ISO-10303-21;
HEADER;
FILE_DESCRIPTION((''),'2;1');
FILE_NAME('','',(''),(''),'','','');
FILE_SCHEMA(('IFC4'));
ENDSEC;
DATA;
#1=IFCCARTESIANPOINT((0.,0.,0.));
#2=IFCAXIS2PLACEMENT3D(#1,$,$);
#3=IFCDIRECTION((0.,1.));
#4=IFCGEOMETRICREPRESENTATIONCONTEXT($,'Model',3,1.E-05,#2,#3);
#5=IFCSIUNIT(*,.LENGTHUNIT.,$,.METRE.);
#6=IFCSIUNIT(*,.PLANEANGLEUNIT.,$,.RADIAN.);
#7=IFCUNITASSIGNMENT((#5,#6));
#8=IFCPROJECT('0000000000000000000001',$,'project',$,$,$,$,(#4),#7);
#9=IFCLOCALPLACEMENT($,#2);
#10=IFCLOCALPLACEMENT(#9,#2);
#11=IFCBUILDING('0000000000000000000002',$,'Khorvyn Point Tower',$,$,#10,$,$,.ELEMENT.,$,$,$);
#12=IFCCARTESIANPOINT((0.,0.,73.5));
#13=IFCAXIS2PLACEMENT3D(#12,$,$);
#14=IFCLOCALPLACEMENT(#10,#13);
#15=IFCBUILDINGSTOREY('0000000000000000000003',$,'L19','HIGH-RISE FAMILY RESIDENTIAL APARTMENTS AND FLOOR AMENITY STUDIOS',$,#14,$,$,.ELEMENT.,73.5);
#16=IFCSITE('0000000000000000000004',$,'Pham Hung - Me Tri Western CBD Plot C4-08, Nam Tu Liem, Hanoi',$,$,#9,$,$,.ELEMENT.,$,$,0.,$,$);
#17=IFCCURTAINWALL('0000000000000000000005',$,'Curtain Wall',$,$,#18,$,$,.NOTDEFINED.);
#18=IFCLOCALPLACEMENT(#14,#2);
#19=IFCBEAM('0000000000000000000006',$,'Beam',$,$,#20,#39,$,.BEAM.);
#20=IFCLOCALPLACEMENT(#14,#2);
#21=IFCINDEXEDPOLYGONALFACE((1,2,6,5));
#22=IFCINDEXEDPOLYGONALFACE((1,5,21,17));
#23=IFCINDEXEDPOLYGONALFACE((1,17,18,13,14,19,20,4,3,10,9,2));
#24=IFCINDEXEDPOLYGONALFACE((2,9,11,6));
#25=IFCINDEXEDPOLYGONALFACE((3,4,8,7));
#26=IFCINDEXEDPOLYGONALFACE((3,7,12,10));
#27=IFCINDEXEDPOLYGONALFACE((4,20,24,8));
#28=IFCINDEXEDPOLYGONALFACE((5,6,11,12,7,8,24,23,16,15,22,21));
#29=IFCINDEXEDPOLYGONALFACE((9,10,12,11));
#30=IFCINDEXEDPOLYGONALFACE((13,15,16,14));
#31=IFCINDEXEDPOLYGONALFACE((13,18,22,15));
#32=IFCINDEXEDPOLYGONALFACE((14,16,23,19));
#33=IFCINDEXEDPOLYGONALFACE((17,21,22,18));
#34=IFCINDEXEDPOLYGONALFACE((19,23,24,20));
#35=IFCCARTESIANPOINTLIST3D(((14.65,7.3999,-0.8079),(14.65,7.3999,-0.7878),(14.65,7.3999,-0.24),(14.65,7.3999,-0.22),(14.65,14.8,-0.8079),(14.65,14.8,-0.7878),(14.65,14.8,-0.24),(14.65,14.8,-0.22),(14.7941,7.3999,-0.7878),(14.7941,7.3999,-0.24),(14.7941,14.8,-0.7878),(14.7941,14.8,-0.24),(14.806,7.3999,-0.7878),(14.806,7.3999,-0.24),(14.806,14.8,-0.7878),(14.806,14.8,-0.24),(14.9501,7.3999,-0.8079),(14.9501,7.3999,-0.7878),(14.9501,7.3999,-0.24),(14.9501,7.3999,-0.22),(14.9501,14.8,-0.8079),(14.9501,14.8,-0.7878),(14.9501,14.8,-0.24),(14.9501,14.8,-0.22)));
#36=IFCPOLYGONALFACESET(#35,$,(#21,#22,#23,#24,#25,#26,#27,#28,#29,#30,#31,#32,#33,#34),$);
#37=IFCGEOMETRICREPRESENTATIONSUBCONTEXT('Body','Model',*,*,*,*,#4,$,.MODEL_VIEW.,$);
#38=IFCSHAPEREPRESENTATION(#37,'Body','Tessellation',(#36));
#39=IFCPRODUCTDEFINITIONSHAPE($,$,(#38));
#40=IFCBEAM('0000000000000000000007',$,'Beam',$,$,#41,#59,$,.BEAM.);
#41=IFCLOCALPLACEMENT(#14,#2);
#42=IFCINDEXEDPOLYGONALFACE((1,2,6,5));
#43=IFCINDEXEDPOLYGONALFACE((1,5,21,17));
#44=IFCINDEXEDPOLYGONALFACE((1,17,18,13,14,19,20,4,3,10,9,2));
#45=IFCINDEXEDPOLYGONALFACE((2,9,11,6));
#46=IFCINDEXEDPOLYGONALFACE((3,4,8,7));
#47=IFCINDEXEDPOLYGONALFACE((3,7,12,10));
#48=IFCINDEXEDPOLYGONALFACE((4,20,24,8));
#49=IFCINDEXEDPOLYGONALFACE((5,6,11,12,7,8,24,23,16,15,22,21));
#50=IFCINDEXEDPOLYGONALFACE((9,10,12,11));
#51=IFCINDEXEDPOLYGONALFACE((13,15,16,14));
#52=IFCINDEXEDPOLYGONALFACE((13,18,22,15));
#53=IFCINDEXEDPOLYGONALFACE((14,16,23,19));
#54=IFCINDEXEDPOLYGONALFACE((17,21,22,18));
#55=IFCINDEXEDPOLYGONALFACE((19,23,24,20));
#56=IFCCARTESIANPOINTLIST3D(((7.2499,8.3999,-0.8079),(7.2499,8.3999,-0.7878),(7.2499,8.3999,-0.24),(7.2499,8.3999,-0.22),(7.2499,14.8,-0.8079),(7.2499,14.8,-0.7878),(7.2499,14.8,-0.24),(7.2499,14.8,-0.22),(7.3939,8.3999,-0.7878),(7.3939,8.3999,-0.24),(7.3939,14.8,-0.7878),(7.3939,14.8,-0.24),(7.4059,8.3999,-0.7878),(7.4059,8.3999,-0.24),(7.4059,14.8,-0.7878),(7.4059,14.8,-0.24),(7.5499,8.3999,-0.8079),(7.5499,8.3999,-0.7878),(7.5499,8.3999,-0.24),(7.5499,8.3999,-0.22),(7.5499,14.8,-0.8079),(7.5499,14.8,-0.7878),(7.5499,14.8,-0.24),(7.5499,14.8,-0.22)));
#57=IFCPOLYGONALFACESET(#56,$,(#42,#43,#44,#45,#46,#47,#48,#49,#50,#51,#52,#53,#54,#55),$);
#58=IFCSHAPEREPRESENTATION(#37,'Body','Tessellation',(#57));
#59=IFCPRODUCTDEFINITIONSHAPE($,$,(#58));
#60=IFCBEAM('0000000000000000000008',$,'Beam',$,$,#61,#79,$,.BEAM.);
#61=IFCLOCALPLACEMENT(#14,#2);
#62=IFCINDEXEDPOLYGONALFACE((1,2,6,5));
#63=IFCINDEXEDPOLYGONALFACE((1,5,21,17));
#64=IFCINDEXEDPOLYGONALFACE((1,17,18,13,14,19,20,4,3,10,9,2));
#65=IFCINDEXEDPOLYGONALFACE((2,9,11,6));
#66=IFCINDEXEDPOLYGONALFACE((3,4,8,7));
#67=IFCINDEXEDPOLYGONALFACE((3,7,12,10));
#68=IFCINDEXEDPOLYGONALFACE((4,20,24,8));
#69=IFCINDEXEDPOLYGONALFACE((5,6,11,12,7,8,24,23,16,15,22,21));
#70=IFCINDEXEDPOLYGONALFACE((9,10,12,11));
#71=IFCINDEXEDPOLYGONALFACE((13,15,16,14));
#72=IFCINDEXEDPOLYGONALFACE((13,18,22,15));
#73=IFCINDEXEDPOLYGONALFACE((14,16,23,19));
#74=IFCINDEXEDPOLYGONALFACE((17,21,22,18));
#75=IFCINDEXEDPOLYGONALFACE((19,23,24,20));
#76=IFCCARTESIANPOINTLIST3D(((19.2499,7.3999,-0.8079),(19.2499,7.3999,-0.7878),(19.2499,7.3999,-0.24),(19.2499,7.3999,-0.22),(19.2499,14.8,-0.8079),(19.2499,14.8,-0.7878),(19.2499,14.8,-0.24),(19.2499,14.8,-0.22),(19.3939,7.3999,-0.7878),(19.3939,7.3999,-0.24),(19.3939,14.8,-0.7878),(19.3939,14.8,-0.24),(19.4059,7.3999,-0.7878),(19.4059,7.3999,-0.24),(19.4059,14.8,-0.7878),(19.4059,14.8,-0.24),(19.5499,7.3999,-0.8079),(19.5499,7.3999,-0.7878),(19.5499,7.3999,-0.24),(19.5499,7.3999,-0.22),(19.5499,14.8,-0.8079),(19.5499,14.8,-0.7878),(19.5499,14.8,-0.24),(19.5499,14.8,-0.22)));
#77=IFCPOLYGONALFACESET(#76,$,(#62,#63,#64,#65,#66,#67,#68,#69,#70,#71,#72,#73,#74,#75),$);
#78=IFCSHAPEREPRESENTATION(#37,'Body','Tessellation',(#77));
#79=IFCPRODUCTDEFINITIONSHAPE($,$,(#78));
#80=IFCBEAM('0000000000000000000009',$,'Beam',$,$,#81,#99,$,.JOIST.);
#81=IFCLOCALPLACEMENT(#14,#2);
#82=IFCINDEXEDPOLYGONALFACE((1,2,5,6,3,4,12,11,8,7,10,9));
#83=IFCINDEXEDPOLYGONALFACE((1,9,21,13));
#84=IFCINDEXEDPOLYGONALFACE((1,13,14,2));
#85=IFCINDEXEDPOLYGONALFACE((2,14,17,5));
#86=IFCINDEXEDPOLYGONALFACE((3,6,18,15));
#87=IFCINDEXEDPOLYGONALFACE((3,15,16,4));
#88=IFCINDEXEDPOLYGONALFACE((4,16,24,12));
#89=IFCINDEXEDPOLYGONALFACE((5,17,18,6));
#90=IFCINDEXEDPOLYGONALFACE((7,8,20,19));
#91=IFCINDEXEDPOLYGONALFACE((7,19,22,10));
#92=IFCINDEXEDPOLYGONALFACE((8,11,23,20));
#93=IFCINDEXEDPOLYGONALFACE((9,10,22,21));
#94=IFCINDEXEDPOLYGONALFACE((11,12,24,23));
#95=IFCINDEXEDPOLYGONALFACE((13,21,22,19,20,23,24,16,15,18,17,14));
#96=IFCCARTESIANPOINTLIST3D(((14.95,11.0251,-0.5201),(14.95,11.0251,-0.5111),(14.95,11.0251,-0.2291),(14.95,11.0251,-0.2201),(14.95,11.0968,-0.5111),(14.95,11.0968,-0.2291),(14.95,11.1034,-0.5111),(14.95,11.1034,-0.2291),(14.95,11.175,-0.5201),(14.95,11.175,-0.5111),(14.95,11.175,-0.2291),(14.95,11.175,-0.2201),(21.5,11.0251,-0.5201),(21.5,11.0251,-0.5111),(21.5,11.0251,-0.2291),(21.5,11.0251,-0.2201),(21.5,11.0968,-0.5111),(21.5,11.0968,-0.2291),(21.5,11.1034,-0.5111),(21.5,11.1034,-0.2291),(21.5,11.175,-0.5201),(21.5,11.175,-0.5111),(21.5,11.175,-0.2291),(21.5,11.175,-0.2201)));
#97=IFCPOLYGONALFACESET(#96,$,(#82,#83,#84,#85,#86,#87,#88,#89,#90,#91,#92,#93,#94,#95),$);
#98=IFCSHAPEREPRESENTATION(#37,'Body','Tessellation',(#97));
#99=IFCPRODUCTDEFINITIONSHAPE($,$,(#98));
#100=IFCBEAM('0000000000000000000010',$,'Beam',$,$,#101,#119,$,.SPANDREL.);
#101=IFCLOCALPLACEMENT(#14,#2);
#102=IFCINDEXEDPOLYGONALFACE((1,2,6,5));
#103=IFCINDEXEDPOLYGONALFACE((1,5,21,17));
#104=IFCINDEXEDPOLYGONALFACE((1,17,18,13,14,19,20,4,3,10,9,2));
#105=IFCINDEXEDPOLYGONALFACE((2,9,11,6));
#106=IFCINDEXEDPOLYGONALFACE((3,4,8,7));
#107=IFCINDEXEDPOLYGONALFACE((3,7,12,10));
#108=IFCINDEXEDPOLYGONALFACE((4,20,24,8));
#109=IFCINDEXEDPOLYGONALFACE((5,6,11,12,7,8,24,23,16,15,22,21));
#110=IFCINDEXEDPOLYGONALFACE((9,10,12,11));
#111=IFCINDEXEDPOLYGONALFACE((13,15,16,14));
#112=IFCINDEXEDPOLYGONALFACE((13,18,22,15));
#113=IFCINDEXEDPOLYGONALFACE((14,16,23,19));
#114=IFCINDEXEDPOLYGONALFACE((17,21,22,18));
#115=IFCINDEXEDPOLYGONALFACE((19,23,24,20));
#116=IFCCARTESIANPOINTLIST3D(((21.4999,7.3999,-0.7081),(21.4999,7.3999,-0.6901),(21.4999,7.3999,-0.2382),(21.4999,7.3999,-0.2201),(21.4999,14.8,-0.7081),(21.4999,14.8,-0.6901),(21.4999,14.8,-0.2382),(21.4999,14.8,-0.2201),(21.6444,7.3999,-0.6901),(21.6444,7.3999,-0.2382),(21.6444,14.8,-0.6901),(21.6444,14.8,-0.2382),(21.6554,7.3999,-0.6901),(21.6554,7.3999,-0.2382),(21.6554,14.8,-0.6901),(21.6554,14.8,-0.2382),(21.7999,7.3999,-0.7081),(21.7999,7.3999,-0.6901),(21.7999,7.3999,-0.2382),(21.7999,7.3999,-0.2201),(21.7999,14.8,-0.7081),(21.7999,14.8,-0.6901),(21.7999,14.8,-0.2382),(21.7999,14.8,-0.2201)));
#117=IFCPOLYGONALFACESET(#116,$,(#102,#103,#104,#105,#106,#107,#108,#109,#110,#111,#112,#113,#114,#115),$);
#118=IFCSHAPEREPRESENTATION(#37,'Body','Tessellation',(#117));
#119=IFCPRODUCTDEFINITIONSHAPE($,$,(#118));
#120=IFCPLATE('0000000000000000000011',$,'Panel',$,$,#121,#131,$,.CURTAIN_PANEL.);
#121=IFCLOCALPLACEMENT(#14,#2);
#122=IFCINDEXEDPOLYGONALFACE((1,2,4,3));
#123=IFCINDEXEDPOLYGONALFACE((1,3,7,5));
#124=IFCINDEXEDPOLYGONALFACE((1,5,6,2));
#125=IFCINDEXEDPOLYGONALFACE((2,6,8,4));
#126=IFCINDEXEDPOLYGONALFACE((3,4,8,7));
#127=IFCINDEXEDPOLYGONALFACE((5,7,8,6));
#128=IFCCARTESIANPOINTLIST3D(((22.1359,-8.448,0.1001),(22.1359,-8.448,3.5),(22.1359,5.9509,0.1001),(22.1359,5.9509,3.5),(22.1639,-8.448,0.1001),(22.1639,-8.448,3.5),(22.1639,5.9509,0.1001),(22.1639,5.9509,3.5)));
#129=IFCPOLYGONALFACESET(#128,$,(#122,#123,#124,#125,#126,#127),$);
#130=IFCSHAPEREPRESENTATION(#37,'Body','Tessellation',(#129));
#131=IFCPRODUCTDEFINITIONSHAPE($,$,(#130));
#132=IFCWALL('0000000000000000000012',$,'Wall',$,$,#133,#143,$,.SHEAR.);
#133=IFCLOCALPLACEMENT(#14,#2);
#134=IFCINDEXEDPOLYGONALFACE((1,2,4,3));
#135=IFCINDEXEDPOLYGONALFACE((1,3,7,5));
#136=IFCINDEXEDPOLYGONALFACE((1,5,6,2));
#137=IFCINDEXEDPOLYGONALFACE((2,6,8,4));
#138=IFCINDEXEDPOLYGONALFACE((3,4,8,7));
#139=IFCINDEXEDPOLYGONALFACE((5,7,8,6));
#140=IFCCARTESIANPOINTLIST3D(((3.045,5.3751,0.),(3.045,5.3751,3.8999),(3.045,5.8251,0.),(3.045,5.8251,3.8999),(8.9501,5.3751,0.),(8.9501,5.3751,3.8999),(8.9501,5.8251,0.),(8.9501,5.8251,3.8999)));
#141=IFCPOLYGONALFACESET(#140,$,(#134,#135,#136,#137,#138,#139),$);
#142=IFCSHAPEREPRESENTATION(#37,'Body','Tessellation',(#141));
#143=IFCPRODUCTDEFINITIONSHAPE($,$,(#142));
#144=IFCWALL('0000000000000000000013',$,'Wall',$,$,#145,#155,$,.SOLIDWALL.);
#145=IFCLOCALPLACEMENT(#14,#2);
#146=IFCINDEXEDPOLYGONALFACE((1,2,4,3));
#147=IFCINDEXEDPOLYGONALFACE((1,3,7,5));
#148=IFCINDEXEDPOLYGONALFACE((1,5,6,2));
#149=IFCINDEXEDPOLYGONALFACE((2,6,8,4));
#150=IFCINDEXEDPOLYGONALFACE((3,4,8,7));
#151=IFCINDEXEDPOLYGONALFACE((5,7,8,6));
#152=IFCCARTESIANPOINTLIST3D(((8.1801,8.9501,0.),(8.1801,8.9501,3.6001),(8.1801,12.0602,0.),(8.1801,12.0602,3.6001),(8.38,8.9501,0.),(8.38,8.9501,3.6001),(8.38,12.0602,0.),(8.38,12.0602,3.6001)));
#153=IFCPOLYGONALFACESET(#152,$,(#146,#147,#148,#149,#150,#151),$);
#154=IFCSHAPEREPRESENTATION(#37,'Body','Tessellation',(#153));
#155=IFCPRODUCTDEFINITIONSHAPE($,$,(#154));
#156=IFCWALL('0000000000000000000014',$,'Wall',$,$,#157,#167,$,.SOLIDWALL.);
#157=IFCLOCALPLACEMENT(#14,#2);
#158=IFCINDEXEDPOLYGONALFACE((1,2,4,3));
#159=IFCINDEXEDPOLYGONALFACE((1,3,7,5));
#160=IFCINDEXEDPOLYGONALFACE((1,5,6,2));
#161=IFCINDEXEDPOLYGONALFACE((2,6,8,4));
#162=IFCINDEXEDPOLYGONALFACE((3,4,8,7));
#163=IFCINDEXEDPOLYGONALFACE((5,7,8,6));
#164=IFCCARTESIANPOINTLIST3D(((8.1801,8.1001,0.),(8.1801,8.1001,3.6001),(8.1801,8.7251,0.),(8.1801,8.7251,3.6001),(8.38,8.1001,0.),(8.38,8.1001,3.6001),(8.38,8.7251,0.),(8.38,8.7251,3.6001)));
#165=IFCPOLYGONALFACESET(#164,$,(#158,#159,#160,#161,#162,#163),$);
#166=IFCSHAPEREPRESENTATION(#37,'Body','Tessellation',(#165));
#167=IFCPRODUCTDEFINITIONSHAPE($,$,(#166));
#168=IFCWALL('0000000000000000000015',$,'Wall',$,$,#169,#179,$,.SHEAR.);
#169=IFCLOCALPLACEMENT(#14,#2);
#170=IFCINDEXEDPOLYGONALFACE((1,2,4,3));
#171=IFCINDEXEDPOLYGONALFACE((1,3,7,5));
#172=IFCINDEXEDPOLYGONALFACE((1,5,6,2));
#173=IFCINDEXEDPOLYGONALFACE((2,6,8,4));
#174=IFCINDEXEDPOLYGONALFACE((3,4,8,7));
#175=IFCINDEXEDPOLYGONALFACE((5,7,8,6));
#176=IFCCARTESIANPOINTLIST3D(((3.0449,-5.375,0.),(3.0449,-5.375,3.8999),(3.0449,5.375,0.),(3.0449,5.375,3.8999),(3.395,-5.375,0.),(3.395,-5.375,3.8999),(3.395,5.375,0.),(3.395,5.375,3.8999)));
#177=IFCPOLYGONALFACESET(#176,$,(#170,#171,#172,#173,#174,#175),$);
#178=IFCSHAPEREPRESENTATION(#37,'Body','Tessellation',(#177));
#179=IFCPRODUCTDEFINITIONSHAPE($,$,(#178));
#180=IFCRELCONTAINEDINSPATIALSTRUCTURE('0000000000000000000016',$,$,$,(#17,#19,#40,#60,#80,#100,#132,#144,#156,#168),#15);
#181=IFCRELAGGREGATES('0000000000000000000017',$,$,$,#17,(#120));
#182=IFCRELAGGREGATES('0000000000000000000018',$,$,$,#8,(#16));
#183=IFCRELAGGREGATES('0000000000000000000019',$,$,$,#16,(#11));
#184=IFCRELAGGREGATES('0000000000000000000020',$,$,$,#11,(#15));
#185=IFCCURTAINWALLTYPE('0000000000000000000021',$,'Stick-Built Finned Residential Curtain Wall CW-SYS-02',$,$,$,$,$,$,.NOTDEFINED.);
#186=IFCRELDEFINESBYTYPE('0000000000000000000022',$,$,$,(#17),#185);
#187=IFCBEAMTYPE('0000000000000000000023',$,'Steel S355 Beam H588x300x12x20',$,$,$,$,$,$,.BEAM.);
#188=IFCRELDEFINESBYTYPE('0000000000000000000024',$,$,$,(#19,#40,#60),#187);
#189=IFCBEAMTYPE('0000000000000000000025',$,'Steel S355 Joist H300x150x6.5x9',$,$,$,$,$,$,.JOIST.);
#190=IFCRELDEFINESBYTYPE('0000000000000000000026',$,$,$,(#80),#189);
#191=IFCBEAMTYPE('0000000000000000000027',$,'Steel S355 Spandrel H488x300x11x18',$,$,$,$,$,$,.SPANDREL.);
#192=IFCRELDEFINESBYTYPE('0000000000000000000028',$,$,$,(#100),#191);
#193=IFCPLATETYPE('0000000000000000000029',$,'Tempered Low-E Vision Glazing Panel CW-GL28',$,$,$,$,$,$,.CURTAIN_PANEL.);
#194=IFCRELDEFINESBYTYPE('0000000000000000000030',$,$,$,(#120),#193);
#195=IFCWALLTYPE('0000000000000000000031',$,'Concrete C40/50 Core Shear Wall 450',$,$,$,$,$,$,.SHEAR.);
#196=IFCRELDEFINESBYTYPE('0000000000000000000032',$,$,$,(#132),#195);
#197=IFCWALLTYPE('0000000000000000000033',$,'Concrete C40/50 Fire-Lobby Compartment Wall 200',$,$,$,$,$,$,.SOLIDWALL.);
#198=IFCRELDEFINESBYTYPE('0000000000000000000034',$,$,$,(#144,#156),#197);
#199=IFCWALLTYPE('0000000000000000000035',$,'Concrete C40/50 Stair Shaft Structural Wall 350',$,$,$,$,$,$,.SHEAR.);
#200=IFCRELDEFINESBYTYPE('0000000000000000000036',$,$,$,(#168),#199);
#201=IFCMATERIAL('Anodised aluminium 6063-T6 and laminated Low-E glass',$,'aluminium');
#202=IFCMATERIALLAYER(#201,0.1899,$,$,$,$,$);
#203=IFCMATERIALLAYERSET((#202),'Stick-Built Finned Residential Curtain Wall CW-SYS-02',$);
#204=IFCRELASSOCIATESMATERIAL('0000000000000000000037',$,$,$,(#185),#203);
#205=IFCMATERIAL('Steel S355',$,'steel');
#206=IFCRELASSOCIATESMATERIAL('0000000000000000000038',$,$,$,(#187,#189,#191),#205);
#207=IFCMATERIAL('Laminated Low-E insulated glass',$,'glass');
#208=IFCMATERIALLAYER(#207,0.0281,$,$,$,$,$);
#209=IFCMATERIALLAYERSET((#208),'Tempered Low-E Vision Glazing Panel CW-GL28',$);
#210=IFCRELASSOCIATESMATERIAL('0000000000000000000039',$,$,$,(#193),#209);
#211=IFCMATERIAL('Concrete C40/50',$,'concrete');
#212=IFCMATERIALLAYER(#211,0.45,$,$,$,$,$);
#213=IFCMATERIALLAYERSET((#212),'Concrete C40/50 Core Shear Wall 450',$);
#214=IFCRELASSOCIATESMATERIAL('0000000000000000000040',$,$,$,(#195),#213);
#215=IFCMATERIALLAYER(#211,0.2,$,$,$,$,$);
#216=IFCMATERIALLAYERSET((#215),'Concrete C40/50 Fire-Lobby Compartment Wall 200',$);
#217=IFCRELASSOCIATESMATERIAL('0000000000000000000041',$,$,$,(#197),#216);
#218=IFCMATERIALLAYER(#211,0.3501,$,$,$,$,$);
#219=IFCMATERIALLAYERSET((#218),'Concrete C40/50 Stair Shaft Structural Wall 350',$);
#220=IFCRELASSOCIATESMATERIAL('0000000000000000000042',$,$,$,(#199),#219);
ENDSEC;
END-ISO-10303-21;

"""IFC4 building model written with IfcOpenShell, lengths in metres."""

from ifc_helpers import new_model, si_unit, direction, frame, frame_2d, origin, origin_2d, place, context, subcontext, project, spatial, rectangle, i_section, extrude, material, layer, layer_set, material_profile, profile_set, type_object, element, aggregate, save


model = new_model("IFC4")

# Units and contexts
model_context = context("Model", 3, precision=1e-05, world=origin(), true_north=direction((0.0, 1.0)))
body_context = subcontext(model_context, "Body", "Model", "MODEL_VIEW")
ifc_project = project(units=[si_unit("LENGTHUNIT", "METRE"), si_unit("PLANEANGLEUNIT", "RADIAN")], contexts=[model_context])

# Site, building, storey
site_placement = place(None, origin())
site = spatial("IfcSite", under=ifc_project, at=site_placement, Name="Pham Hung - Me Tri Western CBD Plot C4-08, Nam Tu Liem, Hanoi", CompositionType="ELEMENT", RefElevation=0.0)
building_placement = place(site_placement, origin())
building = spatial("IfcBuilding", under=site, at=building_placement, Name="Khorvyn Point Tower", CompositionType="ELEMENT")
storey_placement = place(building_placement, frame((0.0, 0.0, 73.5)))
storey = spatial("IfcBuildingStorey", under=building, at=storey_placement, Name="L19", Description="HIGH-RISE FAMILY RESIDENTIAL APARTMENTS AND FLOOR AMENITY STUDIOS", CompositionType="ELEMENT", Elevation=73.5)

# Curtain wall
ifc_material_1 = material(Name="Anodised aluminium 6063-T6 and laminated Low-E glass", Category="aluminium")
ifc_layer_1 = layer(ifc_material_1, 0.1899)
ifc_layer_set_1 = layer_set([ifc_layer_1], Name="Stick-Built Finned Residential Curtain Wall CW-SYS-02")
curtain_wall_type = type_object("IfcCurtainWallType", Name="Stick-Built Finned Residential Curtain Wall CW-SYS-02", PredefinedType="NOTDEFINED", material=ifc_layer_set_1)
curtain_wall_placement = place(storey_placement, origin())
curtain_wall = element("IfcCurtainWall", 1, at=curtain_wall_placement, inside=storey, type_object=curtain_wall_type, Name="Curtain Wall", PredefinedType="NOTDEFINED")

# Beams
ifc_material_2 = material(Name="Steel S355", Category="steel")
ifc_material_profile_1 = material_profile(ifc_material_2, i_section(OverallWidth=0.3, OverallDepth=0.5879, WebThickness=0.012, FlangeThickness=0.02, at=origin_2d()))
ifc_profile_set_1 = profile_set([ifc_material_profile_1], Name="Steel S355 H588x300x12x20")
beam_type_1 = type_object("IfcBeamType", Name="Steel S355 Beam H588x300x12x20", PredefinedType="BEAM", material=ifc_profile_set_1)
beam_1_placement = place(storey_placement, frame((14.8, 7.3999, -0.5139), z_axis=(0.0, 1.0, 0.0), x_axis=(-1.0, 0.0, 0.0)))
element("IfcBeam", 2, at=beam_1_placement, inside=storey, type_object=beam_type_1, Name="Beam", PredefinedType="BEAM", context=body_context, shape_type="SweptSolid", body=[
    extrude(i_section(OverallWidth=0.3, OverallDepth=0.5879, WebThickness=0.012, FlangeThickness=0.02, at=origin_2d()), origin(), (0.0, 0.0, 1.0), 7.4001),
])
beam_2_placement = place(storey_placement, frame((7.3999, 8.3999, -0.5139), z_axis=(0.0, 1.0, 0.0), x_axis=(-1.0, 0.0, 0.0)))
element("IfcBeam", 3, at=beam_2_placement, inside=storey, type_object=beam_type_1, Name="Beam", PredefinedType="BEAM", context=body_context, shape_type="SweptSolid", body=[
    extrude(i_section(OverallWidth=0.3, OverallDepth=0.5879, WebThickness=0.012, FlangeThickness=0.02, at=origin_2d()), origin(), (0.0, 0.0, 1.0), 6.4001),
])
beam_3_placement = place(storey_placement, frame((19.3999, 7.3999, -0.5139), z_axis=(0.0, 1.0, 0.0), x_axis=(-1.0, 0.0, 0.0)))
element("IfcBeam", 4, at=beam_3_placement, inside=storey, type_object=beam_type_1, Name="Beam", PredefinedType="BEAM", context=body_context, shape_type="SweptSolid", body=[
    extrude(i_section(OverallWidth=0.3, OverallDepth=0.5879, WebThickness=0.012, FlangeThickness=0.02, at=origin_2d()), origin(), (0.0, 0.0, 1.0), 7.4001),
])
ifc_material_profile_2 = material_profile(ifc_material_2, i_section(OverallWidth=0.1499, OverallDepth=0.3, WebThickness=0.0066, FlangeThickness=0.009, at=origin_2d()))
ifc_profile_set_2 = profile_set([ifc_material_profile_2], Name="Steel S355 H300x150x6.5x9")
beam_type_2 = type_object("IfcBeamType", Name="Steel S355 Joist H300x150x6.5x9", PredefinedType="JOIST", material=ifc_profile_set_2)
beam_4_placement = place(storey_placement, frame((14.95, 11.1001, -0.3701), z_axis=(1.0, 0.0, 0.0), x_axis=(0.0, 1.0, 0.0)))
element("IfcBeam", 5, at=beam_4_placement, inside=storey, type_object=beam_type_2, Name="Beam", PredefinedType="JOIST", context=body_context, shape_type="SweptSolid", body=[
    extrude(i_section(OverallWidth=0.1499, OverallDepth=0.3, WebThickness=0.0066, FlangeThickness=0.009, at=origin_2d()), origin(), (0.0, 0.0, 1.0), 6.55),
])
ifc_material_profile_3 = material_profile(ifc_material_2, i_section(OverallWidth=0.3, OverallDepth=0.488, WebThickness=0.011, FlangeThickness=0.0181, at=origin_2d()))
ifc_profile_set_3 = profile_set([ifc_material_profile_3], Name="Steel S355 H488x300x11x18")
beam_type_3 = type_object("IfcBeamType", Name="Steel S355 Spandrel H488x300x11x18", PredefinedType="SPANDREL", material=ifc_profile_set_3)
beam_5_placement = place(storey_placement, frame((21.6499, 7.3999, -0.4641), z_axis=(0.0, 1.0, 0.0), x_axis=(-1.0, 0.0, 0.0)))
element("IfcBeam", 6, at=beam_5_placement, inside=storey, type_object=beam_type_3, Name="Beam", PredefinedType="SPANDREL", context=body_context, shape_type="SweptSolid", body=[
    extrude(i_section(OverallWidth=0.3, OverallDepth=0.488, WebThickness=0.011, FlangeThickness=0.0181, at=origin_2d()), origin(), (0.0, 0.0, 1.0), 7.4001),
])

# Plate
ifc_material_3 = material(Name="Laminated Low-E insulated glass", Category="glass")
ifc_layer_2 = layer(ifc_material_3, 0.0281)
ifc_layer_set_2 = layer_set([ifc_layer_2], Name="Tempered Low-E Vision Glazing Panel CW-GL28")
plate_type = type_object("IfcPlateType", Name="Tempered Low-E Vision Glazing Panel CW-GL28", PredefinedType="CURTAIN_PANEL", material=ifc_layer_set_2)
plate_placement = place(storey_placement, frame((22.1499, -1.2485, 0.1001), z_axis=(0.0, 0.0, 1.0), x_axis=(0.0, -1.0, 0.0)))
plate = element("IfcPlate", 7, at=plate_placement, type_object=plate_type, Name="Panel", PredefinedType="CURTAIN_PANEL", context=body_context, shape_type="SweptSolid", body=[
    extrude(rectangle(XDim=14.3989, YDim=0.0281, at=origin_2d()), origin(), (0.0, 0.0, 1.0), 3.3999),
])
aggregate(curtain_wall, [plate])

# Walls
ifc_material_4 = material(Name="Concrete C40/50", Category="concrete")
ifc_layer_3 = layer(ifc_material_4, 0.45)
ifc_layer_set_3 = layer_set([ifc_layer_3], Name="Concrete C40/50 Core Shear Wall 450")
wall_type_1 = type_object("IfcWallType", Name="Concrete C40/50 Core Shear Wall 450", PredefinedType="SHEAR", material=ifc_layer_set_3)
wall_1_placement = place(storey_placement, frame((3.0449, 5.6001, 0.0), z_axis=(0.0, 0.0, 1.0), x_axis=(1.0, 0.0, 0.0)))
element("IfcWall", 8, at=wall_1_placement, inside=storey, type_object=wall_type_1, Name="Wall", PredefinedType="SHEAR", context=body_context, shape_type="SweptSolid", body=[
    extrude(rectangle(XDim=5.905, YDim=0.45, at=frame_2d((2.9526, 0.0))), origin(), (0.0, 0.0, 1.0), 3.8999),
])
ifc_layer_4 = layer(ifc_material_4, 0.2)
ifc_layer_set_4 = layer_set([ifc_layer_4], Name="Concrete C40/50 Fire-Lobby Compartment Wall 200")
wall_type_2 = type_object("IfcWallType", Name="Concrete C40/50 Fire-Lobby Compartment Wall 200", PredefinedType="SOLIDWALL", material=ifc_layer_set_4)
wall_2_placement = place(storey_placement, frame((8.28, 8.95, 0.0), z_axis=(0.0, 0.0, 1.0), x_axis=(0.0, 1.0, 0.0)))
element("IfcWall", 9, at=wall_2_placement, inside=storey, type_object=wall_type_2, Name="Wall", PredefinedType="SOLIDWALL", context=body_context, shape_type="SweptSolid", body=[
    extrude(rectangle(XDim=3.1101, YDim=0.2, at=frame_2d((1.5552, 0.0))), origin(), (0.0, 0.0, 1.0), 3.6001),
])
wall_3_placement = place(storey_placement, frame((8.28, 8.1001, 0.0), z_axis=(0.0, 0.0, 1.0), x_axis=(0.0, 1.0, 0.0)))
element("IfcWall", 10, at=wall_3_placement, inside=storey, type_object=wall_type_2, Name="Wall", PredefinedType="SOLIDWALL", context=body_context, shape_type="SweptSolid", body=[
    extrude(rectangle(XDim=0.625, YDim=0.2, at=frame_2d((0.3125, 0.0))), origin(), (0.0, 0.0, 1.0), 3.6001),
])
ifc_layer_5 = layer(ifc_material_4, 0.3501)
ifc_layer_set_5 = layer_set([ifc_layer_5], Name="Concrete C40/50 Stair Shaft Structural Wall 350")
wall_type_3 = type_object("IfcWallType", Name="Concrete C40/50 Stair Shaft Structural Wall 350", PredefinedType="SHEAR", material=ifc_layer_set_5)
wall_4_placement = place(storey_placement, frame((3.22, -5.375, 0.0), z_axis=(0.0, 0.0, 1.0), x_axis=(0.0, 1.0, 0.0)))
element("IfcWall", 11, at=wall_4_placement, inside=storey, type_object=wall_type_3, Name="Wall", PredefinedType="SHEAR", context=body_context, shape_type="SweptSolid", body=[
    extrude(rectangle(XDim=10.75, YDim=0.3501, at=frame_2d((5.375, 0.0))), origin(), (0.0, 0.0, 1.0), 3.8999),
])

save(model, "model.ifc")
